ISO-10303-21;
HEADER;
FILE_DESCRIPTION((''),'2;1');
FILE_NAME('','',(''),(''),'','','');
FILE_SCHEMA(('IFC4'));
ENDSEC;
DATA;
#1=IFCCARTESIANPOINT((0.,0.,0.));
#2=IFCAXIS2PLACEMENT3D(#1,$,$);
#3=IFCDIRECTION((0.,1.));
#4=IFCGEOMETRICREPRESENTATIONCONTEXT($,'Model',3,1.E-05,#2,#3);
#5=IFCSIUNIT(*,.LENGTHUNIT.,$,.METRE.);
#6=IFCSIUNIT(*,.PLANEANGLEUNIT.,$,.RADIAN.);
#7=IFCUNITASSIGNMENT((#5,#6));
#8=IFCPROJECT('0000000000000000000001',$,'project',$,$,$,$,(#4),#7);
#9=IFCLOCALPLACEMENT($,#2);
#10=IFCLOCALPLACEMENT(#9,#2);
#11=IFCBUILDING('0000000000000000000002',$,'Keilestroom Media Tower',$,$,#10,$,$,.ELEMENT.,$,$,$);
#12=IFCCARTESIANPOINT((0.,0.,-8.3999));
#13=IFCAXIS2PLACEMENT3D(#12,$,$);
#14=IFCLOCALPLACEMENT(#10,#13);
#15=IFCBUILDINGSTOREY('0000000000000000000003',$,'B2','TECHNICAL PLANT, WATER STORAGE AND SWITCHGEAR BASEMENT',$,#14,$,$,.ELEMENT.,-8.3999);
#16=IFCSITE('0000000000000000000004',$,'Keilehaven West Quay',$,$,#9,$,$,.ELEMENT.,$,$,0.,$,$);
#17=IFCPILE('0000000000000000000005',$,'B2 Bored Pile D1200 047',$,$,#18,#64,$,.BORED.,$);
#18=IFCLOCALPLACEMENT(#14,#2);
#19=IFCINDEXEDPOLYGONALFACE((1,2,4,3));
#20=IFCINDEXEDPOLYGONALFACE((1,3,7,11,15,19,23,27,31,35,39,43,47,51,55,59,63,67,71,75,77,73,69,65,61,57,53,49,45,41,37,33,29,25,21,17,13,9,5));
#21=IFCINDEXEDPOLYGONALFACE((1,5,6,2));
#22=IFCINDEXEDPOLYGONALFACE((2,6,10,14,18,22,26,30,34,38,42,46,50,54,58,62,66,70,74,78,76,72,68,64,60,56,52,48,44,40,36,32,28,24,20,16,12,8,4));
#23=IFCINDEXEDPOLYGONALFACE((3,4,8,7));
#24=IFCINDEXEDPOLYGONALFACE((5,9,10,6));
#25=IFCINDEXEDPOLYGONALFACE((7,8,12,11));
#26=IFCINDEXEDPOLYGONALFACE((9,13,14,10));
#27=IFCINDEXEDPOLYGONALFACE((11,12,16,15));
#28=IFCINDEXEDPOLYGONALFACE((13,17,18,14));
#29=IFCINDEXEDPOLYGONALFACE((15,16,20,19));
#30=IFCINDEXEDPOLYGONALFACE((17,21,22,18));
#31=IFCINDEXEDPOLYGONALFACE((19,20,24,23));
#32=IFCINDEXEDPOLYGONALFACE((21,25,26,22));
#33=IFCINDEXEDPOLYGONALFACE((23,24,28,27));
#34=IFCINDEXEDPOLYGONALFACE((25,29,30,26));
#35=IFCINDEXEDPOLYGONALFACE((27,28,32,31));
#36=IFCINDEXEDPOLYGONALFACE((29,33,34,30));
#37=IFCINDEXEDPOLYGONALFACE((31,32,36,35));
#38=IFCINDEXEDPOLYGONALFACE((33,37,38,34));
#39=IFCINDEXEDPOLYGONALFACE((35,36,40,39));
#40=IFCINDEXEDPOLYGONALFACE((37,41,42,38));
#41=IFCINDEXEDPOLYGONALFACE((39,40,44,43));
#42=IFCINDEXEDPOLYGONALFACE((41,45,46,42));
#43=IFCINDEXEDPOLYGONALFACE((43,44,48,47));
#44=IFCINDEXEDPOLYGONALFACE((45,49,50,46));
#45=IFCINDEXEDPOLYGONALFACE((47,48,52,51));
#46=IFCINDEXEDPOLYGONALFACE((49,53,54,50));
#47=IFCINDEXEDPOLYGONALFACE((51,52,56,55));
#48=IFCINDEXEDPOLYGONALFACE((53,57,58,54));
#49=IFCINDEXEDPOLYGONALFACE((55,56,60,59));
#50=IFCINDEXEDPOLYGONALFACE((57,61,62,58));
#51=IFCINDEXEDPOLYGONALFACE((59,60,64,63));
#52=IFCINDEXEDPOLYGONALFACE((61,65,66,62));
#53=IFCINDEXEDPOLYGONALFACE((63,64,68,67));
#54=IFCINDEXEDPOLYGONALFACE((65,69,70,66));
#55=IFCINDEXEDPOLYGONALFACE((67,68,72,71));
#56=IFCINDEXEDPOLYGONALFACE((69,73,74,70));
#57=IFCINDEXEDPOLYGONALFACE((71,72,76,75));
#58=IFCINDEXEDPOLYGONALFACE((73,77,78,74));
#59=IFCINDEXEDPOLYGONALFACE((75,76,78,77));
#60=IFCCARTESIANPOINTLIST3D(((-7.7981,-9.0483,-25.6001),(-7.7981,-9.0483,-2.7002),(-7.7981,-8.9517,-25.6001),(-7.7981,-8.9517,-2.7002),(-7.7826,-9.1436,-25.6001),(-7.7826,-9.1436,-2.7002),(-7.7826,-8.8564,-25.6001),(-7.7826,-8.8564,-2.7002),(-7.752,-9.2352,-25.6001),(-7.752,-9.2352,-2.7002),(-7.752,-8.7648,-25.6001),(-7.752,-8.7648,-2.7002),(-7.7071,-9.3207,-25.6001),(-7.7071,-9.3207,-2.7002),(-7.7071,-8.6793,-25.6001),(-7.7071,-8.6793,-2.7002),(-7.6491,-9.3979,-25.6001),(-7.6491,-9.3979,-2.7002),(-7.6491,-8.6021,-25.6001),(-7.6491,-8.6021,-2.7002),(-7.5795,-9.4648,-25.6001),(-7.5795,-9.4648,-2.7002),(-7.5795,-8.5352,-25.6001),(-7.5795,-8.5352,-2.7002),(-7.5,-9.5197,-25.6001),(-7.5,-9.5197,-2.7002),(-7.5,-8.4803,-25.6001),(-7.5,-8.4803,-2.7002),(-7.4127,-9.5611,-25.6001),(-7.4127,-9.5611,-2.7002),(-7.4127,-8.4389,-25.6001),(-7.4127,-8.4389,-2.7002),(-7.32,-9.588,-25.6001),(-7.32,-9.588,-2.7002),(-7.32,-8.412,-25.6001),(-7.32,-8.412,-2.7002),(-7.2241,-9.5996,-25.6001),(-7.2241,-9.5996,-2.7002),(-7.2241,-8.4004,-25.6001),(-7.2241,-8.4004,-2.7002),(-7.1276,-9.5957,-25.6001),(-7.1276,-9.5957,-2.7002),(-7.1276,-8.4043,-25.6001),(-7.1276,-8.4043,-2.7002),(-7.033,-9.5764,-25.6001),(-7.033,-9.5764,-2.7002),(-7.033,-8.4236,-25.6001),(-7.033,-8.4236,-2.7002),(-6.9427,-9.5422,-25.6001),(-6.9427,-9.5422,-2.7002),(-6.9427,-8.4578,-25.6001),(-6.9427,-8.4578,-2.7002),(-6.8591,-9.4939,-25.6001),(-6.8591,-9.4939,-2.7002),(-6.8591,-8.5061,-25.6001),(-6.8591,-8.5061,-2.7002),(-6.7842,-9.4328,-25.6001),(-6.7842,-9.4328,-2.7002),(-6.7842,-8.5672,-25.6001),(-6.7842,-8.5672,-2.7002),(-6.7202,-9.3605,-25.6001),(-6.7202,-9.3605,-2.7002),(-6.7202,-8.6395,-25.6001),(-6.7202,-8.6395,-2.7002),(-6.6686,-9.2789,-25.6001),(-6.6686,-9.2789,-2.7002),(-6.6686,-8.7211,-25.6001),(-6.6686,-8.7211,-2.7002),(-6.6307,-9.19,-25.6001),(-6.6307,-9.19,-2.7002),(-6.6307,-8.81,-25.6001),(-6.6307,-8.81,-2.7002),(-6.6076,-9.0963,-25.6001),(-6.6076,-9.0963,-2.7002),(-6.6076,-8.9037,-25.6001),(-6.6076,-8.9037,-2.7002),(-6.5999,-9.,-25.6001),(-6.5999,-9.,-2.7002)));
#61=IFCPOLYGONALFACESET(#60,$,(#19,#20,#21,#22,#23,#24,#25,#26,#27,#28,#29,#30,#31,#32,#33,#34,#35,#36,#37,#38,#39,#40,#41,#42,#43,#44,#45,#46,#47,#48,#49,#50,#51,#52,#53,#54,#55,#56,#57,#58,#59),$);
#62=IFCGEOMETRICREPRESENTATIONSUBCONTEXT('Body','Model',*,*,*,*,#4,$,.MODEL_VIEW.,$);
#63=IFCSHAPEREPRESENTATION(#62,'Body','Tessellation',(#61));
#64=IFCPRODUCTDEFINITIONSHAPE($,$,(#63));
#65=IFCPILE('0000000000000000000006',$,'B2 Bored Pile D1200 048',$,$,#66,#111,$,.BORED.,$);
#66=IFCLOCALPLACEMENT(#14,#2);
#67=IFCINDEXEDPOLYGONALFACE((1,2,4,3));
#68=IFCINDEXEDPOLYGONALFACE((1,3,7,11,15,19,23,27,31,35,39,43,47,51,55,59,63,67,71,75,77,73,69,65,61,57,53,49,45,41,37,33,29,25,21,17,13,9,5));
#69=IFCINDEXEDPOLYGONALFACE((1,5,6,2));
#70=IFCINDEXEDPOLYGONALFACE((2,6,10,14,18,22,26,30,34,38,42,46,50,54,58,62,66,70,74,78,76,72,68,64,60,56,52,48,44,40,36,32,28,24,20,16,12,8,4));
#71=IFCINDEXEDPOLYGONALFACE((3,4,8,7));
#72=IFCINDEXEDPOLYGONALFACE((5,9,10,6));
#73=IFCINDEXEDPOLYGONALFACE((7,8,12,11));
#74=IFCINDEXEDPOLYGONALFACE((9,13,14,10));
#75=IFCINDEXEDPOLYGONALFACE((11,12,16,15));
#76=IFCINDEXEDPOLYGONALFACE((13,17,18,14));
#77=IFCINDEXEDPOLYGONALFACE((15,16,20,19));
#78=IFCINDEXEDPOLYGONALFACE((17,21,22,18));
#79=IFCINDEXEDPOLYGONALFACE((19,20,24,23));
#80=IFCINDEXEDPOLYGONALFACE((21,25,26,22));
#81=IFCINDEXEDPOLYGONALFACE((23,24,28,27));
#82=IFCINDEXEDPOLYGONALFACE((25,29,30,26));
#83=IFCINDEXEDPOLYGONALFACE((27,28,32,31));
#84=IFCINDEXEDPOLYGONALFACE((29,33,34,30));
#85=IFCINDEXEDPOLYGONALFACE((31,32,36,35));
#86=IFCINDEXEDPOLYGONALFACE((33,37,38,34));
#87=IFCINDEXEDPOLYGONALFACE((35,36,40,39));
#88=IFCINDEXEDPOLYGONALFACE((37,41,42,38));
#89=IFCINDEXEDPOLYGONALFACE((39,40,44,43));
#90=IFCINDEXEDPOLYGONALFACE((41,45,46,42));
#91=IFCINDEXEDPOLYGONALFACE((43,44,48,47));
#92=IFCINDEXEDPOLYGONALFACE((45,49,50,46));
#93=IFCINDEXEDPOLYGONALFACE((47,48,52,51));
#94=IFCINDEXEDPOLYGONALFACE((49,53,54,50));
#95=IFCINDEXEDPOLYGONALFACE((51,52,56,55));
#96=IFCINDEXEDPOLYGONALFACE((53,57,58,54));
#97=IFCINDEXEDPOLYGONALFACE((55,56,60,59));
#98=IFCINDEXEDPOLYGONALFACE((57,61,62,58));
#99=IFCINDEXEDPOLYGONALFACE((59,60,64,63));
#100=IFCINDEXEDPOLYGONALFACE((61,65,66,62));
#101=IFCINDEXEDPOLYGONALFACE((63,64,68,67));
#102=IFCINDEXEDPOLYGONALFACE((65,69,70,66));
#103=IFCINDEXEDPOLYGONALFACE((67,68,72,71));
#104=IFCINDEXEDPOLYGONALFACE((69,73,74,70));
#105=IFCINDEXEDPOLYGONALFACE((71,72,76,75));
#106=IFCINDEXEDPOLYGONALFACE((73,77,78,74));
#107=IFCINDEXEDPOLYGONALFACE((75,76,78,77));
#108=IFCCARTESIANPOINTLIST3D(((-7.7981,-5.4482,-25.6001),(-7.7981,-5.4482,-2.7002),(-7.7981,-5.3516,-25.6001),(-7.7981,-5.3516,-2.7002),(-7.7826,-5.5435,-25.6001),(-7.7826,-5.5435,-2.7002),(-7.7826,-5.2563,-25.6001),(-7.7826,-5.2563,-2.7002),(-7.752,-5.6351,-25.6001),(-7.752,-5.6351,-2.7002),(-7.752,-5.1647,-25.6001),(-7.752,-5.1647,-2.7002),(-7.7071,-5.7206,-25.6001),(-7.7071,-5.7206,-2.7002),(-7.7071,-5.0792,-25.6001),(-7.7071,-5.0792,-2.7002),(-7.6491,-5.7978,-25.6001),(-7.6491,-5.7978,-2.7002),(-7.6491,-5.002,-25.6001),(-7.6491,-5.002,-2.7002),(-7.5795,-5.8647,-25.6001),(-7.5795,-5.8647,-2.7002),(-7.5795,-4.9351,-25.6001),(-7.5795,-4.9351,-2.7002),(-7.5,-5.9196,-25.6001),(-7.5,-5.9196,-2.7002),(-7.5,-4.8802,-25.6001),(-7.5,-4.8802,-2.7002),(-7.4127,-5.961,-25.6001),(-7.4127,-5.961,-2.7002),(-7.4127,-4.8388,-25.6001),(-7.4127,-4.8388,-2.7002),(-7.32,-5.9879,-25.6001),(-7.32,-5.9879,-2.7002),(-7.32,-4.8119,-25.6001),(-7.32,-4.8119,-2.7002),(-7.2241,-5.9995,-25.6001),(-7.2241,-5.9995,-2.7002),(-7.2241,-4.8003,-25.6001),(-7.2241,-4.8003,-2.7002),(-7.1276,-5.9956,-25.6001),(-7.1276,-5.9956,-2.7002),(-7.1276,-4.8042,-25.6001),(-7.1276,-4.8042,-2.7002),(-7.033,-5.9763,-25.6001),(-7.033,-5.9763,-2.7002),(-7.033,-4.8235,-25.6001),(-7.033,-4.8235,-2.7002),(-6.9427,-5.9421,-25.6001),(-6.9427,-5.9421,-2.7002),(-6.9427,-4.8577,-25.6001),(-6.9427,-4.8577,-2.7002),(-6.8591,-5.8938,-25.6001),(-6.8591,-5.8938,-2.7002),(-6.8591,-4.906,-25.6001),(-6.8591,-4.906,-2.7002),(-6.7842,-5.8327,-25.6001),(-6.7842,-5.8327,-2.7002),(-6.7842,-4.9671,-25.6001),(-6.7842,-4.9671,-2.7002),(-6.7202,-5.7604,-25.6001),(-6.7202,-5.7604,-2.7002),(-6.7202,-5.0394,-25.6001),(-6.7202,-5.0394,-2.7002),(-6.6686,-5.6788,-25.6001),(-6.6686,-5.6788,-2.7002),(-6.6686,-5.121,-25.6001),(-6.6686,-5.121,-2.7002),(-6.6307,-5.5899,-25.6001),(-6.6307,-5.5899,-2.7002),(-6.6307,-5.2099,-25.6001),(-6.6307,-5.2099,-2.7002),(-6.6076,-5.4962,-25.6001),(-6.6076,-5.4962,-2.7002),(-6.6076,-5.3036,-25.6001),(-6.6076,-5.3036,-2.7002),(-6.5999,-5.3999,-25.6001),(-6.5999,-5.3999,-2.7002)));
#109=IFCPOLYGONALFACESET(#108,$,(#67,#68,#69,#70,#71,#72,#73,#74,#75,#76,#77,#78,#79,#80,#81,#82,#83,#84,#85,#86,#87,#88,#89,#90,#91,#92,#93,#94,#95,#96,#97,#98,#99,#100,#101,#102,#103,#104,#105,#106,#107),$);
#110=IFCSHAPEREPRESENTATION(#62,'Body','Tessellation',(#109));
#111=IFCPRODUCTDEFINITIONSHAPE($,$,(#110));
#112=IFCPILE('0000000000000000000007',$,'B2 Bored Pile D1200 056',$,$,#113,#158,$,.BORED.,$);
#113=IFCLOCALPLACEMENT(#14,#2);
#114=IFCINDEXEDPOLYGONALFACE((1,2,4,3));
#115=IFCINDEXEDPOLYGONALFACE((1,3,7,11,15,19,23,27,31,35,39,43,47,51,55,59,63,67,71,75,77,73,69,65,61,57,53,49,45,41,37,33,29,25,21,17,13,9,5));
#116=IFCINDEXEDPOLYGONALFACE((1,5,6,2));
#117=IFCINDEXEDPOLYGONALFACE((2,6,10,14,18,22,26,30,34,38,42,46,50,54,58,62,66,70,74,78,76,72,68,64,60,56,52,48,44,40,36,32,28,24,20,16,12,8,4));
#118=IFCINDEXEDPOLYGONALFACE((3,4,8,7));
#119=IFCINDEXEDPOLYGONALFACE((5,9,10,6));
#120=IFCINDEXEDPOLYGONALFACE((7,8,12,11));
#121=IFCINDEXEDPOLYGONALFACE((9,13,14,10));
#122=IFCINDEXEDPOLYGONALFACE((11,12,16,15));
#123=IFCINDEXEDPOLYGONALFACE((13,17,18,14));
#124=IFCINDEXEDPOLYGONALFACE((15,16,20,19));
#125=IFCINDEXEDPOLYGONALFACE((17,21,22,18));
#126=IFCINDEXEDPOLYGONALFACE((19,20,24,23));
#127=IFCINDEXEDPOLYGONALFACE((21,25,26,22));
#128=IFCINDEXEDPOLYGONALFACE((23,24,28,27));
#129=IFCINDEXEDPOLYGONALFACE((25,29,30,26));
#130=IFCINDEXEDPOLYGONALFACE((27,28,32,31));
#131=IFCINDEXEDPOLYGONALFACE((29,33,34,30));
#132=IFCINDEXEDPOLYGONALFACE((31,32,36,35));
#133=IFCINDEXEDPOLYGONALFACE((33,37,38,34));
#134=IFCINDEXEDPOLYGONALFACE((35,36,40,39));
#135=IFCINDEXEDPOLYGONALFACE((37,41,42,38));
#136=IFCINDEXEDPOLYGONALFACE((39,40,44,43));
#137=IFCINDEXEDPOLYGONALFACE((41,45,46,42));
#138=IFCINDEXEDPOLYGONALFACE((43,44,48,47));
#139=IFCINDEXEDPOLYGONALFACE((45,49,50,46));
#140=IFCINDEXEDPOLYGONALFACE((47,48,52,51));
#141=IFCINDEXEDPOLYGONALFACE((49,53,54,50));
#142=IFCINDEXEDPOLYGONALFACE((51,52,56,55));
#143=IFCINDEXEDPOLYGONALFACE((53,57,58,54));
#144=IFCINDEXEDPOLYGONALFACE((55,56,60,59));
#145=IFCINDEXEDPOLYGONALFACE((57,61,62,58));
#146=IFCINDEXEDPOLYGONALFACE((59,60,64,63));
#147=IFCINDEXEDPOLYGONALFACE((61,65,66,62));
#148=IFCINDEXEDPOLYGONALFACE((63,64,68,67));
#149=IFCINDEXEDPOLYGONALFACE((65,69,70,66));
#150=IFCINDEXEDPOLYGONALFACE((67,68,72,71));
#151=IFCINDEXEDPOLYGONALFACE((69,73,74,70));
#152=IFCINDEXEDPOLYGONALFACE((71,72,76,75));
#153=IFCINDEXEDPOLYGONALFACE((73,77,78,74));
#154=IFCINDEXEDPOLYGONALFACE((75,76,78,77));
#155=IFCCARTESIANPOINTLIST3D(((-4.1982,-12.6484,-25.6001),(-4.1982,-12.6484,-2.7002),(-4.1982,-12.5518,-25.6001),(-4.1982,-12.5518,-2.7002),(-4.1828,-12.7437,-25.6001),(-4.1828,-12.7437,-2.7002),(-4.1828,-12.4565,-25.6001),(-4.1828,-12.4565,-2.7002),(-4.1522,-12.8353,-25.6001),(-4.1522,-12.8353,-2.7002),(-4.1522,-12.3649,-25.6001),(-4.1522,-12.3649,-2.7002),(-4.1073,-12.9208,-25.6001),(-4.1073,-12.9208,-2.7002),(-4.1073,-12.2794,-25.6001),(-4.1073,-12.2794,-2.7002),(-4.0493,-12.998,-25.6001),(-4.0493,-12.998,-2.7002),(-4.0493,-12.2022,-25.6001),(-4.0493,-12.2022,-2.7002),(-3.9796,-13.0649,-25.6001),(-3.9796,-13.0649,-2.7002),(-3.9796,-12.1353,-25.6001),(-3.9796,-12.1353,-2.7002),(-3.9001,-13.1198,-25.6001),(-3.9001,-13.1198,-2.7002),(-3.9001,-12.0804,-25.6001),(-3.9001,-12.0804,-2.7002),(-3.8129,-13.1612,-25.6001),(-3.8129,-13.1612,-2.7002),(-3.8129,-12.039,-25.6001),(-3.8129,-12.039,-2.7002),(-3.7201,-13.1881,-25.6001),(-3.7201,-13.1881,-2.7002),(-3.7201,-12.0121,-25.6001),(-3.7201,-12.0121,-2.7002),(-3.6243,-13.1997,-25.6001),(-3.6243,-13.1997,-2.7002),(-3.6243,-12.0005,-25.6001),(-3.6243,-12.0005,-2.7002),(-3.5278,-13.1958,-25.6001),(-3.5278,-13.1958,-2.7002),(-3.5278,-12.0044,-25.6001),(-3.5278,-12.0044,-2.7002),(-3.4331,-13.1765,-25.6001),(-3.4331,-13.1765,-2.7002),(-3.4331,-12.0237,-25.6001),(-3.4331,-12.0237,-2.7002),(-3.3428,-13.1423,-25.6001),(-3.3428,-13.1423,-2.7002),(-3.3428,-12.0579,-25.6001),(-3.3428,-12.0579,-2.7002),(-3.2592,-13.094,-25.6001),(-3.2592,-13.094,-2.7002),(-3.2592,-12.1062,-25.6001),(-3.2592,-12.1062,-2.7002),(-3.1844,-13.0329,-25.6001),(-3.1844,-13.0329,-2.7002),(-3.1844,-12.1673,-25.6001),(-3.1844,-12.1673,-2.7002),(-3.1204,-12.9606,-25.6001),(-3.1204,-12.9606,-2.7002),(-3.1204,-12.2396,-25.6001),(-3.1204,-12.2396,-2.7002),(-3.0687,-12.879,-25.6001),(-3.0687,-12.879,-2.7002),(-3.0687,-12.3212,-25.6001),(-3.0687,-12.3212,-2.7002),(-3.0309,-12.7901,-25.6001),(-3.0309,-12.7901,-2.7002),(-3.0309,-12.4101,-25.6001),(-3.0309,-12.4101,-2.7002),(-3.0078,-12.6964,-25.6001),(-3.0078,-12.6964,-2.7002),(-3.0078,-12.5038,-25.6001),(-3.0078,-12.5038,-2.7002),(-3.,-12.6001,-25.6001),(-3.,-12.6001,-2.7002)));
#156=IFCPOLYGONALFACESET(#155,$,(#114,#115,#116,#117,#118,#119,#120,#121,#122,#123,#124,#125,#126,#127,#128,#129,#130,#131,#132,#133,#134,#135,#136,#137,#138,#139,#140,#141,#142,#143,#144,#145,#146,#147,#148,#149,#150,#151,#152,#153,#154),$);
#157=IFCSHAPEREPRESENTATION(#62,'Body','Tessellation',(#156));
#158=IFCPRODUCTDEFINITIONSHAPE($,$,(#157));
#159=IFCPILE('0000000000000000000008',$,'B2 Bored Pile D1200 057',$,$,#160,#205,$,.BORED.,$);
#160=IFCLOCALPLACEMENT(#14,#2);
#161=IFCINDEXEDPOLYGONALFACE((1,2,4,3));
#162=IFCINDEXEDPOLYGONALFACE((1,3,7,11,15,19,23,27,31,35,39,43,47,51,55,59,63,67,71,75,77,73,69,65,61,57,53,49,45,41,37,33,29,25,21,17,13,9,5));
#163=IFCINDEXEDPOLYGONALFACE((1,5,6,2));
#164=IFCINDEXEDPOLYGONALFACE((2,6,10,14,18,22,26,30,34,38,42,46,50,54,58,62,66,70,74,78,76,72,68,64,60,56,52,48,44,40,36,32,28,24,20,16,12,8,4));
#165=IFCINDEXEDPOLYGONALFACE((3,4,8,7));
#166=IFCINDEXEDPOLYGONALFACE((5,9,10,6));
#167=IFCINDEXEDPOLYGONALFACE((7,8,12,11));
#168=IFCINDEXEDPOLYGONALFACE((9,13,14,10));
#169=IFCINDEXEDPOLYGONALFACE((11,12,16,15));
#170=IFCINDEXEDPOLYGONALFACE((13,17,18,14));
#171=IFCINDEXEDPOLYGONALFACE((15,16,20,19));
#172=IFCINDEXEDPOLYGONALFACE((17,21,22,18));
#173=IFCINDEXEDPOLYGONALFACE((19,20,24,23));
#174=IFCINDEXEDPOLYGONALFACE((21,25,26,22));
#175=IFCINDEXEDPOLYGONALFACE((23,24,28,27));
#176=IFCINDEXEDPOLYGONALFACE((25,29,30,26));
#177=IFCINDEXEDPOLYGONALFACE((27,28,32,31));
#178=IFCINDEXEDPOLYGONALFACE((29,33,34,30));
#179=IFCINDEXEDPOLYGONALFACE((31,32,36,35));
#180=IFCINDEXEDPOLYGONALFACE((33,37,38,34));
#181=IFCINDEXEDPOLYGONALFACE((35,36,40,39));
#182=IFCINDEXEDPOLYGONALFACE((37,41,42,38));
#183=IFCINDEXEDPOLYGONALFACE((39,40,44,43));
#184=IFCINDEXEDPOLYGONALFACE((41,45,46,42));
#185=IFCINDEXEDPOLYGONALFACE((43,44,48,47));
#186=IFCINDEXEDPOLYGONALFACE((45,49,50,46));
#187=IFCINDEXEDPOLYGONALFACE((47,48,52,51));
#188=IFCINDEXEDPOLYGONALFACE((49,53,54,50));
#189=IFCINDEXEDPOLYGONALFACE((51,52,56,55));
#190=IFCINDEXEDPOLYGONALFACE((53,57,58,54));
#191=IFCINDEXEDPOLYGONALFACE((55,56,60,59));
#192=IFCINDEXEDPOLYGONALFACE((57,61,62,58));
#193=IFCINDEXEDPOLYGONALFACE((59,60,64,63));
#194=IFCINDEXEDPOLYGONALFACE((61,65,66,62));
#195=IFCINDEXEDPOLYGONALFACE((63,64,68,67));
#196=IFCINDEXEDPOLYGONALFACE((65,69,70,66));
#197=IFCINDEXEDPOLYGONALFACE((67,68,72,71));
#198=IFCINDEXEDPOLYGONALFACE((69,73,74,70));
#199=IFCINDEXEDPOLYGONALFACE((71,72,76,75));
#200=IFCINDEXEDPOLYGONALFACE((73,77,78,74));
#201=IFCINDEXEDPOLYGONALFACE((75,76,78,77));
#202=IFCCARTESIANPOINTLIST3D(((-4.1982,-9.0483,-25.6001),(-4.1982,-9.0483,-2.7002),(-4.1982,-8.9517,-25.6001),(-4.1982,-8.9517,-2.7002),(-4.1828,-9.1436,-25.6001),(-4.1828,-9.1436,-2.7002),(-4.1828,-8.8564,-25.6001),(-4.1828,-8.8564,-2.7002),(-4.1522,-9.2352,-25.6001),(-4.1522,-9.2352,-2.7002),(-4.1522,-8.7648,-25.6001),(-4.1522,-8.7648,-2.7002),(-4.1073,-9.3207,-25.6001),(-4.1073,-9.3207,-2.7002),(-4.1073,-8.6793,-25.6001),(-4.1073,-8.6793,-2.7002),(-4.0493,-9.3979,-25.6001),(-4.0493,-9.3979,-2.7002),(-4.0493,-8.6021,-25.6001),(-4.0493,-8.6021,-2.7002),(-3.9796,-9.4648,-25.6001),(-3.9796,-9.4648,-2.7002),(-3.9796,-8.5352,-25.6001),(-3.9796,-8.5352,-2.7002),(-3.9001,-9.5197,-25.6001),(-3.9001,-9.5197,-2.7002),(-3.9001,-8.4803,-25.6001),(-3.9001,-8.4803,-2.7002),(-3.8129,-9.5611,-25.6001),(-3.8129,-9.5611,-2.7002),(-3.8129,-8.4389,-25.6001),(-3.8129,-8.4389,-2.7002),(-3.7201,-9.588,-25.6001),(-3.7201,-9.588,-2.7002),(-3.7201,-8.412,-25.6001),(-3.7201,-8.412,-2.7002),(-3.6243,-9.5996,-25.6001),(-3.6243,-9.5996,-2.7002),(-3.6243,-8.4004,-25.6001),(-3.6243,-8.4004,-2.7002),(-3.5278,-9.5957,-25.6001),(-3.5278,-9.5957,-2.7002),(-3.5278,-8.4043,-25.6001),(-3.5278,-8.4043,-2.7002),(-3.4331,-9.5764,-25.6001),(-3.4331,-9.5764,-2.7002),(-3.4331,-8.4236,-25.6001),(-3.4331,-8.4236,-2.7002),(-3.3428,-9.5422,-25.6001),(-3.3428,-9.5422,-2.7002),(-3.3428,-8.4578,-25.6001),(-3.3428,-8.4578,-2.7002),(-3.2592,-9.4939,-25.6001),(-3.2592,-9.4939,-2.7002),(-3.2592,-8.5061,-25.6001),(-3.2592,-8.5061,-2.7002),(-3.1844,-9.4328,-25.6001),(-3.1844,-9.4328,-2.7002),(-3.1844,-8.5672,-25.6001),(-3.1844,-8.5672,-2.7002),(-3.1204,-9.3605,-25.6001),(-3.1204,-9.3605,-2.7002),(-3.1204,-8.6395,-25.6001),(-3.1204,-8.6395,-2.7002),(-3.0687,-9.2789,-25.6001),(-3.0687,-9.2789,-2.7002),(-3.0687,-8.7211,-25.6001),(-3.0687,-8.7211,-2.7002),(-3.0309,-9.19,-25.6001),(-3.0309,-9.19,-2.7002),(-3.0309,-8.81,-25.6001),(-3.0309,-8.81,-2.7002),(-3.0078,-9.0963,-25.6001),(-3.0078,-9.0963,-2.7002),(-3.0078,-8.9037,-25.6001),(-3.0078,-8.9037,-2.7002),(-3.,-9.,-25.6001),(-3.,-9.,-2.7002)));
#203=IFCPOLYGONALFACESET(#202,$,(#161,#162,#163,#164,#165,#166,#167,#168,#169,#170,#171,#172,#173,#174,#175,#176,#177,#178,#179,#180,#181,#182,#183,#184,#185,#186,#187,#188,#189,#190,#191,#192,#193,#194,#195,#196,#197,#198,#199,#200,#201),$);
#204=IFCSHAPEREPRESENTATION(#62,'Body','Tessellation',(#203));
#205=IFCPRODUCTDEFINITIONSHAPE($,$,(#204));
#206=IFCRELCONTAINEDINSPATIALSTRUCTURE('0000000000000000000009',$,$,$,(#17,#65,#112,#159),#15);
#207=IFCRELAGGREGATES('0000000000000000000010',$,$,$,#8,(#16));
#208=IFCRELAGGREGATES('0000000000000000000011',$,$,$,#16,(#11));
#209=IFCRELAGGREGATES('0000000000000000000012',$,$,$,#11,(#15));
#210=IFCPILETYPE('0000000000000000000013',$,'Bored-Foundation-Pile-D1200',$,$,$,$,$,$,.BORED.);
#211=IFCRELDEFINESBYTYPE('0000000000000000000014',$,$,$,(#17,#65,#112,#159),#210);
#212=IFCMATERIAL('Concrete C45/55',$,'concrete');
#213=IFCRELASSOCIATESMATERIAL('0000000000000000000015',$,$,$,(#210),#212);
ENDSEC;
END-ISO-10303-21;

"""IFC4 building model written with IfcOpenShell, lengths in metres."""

from ifc_helpers import new_model, si_unit, direction, frame, origin, origin_2d, place, context, subcontext, project, spatial, circle, extrude, source, transform, mapped, material, material_profile, profile_set, type_object, element, save


model = new_model("IFC4")

# Units and contexts
model_context = context("Model", 3, precision=1e-05, world=origin(), true_north=direction((0.0, 1.0)))
body_context = subcontext(model_context, "Body", "Model", "MODEL_VIEW")
ifc_project = project(units=[si_unit("LENGTHUNIT", "METRE"), si_unit("PLANEANGLEUNIT", "RADIAN")], contexts=[model_context])

# Site, building, storey
site_placement = place(None, origin())
site = spatial("IfcSite", under=ifc_project, at=site_placement, Name="Keilehaven West Quay", CompositionType="ELEMENT", RefElevation=0.0)
building_placement = place(site_placement, origin())
building = spatial("IfcBuilding", under=site, at=building_placement, Name="Keilestroom Media Tower", CompositionType="ELEMENT")
storey_placement = place(building_placement, frame((0.0, 0.0, -8.3999)))
storey = spatial("IfcBuildingStorey", under=building, at=storey_placement, Name="B2", Description="TECHNICAL PLANT, WATER STORAGE AND SWITCHGEAR BASEMENT", CompositionType="ELEMENT", Elevation=-8.3999)

# Piles
ifc_material_1 = material(Name="Concrete C45/55", Category="concrete")
ifc_material_profile_1 = material_profile(ifc_material_1, circle(Radius=0.6001, at=origin_2d()), Name="BORED PILE D1200")
ifc_profile_set_1 = profile_set([ifc_material_profile_1], Name="Concrete C45/55")
pile_type = type_object("IfcPileType", Name="Bored-Foundation-Pile-D1200", PredefinedType="BORED", material=ifc_profile_set_1)
shared_shape_1 = source(origin(), body_context, "Body", "SweptSolid", [
    extrude(circle(Radius=0.6001, at=origin_2d()), origin(), (0.0, 0.0, 1.0), 22.8999),
])
for number, where, z_axis, x_axis, name in (
    (1, (-7.2, -9.0, -2.7002), (0.0, 0.0, -1.0), (1.0, 0.0, 0.0), "B2 Bored Pile D1200 047"),
    (2, (-7.2, -5.3999, -2.7002), (0.0, 0.0, -1.0), (1.0, 0.0, 0.0), "B2 Bored Pile D1200 048"),
    (3, (-3.6001, -12.6001, -2.7002), (0.0, 0.0, -1.0), (1.0, 0.0, 0.0), "B2 Bored Pile D1200 056"),
    (4, (-3.6001, -9.0, -2.7002), (0.0, 0.0, -1.0), (1.0, 0.0, 0.0), "B2 Bored Pile D1200 057"),
):
    element("IfcPile", number, at=place(storey_placement, frame(where, z_axis=z_axis, x_axis=x_axis)), inside=storey, type_object=pile_type, Name=name, PredefinedType="BORED", context=body_context, shape_type="MappedRepresentation", body=[
        mapped(shared_shape_1, transform((0.0, 0.0, 0.0), x_axis=(1.0, 0.0, 0.0), y_axis=(0.0, 1.0, 0.0), z_axis=(0.0, 0.0, 1.0), scale=1.0)),
    ])

save(model, "model.ifc")
